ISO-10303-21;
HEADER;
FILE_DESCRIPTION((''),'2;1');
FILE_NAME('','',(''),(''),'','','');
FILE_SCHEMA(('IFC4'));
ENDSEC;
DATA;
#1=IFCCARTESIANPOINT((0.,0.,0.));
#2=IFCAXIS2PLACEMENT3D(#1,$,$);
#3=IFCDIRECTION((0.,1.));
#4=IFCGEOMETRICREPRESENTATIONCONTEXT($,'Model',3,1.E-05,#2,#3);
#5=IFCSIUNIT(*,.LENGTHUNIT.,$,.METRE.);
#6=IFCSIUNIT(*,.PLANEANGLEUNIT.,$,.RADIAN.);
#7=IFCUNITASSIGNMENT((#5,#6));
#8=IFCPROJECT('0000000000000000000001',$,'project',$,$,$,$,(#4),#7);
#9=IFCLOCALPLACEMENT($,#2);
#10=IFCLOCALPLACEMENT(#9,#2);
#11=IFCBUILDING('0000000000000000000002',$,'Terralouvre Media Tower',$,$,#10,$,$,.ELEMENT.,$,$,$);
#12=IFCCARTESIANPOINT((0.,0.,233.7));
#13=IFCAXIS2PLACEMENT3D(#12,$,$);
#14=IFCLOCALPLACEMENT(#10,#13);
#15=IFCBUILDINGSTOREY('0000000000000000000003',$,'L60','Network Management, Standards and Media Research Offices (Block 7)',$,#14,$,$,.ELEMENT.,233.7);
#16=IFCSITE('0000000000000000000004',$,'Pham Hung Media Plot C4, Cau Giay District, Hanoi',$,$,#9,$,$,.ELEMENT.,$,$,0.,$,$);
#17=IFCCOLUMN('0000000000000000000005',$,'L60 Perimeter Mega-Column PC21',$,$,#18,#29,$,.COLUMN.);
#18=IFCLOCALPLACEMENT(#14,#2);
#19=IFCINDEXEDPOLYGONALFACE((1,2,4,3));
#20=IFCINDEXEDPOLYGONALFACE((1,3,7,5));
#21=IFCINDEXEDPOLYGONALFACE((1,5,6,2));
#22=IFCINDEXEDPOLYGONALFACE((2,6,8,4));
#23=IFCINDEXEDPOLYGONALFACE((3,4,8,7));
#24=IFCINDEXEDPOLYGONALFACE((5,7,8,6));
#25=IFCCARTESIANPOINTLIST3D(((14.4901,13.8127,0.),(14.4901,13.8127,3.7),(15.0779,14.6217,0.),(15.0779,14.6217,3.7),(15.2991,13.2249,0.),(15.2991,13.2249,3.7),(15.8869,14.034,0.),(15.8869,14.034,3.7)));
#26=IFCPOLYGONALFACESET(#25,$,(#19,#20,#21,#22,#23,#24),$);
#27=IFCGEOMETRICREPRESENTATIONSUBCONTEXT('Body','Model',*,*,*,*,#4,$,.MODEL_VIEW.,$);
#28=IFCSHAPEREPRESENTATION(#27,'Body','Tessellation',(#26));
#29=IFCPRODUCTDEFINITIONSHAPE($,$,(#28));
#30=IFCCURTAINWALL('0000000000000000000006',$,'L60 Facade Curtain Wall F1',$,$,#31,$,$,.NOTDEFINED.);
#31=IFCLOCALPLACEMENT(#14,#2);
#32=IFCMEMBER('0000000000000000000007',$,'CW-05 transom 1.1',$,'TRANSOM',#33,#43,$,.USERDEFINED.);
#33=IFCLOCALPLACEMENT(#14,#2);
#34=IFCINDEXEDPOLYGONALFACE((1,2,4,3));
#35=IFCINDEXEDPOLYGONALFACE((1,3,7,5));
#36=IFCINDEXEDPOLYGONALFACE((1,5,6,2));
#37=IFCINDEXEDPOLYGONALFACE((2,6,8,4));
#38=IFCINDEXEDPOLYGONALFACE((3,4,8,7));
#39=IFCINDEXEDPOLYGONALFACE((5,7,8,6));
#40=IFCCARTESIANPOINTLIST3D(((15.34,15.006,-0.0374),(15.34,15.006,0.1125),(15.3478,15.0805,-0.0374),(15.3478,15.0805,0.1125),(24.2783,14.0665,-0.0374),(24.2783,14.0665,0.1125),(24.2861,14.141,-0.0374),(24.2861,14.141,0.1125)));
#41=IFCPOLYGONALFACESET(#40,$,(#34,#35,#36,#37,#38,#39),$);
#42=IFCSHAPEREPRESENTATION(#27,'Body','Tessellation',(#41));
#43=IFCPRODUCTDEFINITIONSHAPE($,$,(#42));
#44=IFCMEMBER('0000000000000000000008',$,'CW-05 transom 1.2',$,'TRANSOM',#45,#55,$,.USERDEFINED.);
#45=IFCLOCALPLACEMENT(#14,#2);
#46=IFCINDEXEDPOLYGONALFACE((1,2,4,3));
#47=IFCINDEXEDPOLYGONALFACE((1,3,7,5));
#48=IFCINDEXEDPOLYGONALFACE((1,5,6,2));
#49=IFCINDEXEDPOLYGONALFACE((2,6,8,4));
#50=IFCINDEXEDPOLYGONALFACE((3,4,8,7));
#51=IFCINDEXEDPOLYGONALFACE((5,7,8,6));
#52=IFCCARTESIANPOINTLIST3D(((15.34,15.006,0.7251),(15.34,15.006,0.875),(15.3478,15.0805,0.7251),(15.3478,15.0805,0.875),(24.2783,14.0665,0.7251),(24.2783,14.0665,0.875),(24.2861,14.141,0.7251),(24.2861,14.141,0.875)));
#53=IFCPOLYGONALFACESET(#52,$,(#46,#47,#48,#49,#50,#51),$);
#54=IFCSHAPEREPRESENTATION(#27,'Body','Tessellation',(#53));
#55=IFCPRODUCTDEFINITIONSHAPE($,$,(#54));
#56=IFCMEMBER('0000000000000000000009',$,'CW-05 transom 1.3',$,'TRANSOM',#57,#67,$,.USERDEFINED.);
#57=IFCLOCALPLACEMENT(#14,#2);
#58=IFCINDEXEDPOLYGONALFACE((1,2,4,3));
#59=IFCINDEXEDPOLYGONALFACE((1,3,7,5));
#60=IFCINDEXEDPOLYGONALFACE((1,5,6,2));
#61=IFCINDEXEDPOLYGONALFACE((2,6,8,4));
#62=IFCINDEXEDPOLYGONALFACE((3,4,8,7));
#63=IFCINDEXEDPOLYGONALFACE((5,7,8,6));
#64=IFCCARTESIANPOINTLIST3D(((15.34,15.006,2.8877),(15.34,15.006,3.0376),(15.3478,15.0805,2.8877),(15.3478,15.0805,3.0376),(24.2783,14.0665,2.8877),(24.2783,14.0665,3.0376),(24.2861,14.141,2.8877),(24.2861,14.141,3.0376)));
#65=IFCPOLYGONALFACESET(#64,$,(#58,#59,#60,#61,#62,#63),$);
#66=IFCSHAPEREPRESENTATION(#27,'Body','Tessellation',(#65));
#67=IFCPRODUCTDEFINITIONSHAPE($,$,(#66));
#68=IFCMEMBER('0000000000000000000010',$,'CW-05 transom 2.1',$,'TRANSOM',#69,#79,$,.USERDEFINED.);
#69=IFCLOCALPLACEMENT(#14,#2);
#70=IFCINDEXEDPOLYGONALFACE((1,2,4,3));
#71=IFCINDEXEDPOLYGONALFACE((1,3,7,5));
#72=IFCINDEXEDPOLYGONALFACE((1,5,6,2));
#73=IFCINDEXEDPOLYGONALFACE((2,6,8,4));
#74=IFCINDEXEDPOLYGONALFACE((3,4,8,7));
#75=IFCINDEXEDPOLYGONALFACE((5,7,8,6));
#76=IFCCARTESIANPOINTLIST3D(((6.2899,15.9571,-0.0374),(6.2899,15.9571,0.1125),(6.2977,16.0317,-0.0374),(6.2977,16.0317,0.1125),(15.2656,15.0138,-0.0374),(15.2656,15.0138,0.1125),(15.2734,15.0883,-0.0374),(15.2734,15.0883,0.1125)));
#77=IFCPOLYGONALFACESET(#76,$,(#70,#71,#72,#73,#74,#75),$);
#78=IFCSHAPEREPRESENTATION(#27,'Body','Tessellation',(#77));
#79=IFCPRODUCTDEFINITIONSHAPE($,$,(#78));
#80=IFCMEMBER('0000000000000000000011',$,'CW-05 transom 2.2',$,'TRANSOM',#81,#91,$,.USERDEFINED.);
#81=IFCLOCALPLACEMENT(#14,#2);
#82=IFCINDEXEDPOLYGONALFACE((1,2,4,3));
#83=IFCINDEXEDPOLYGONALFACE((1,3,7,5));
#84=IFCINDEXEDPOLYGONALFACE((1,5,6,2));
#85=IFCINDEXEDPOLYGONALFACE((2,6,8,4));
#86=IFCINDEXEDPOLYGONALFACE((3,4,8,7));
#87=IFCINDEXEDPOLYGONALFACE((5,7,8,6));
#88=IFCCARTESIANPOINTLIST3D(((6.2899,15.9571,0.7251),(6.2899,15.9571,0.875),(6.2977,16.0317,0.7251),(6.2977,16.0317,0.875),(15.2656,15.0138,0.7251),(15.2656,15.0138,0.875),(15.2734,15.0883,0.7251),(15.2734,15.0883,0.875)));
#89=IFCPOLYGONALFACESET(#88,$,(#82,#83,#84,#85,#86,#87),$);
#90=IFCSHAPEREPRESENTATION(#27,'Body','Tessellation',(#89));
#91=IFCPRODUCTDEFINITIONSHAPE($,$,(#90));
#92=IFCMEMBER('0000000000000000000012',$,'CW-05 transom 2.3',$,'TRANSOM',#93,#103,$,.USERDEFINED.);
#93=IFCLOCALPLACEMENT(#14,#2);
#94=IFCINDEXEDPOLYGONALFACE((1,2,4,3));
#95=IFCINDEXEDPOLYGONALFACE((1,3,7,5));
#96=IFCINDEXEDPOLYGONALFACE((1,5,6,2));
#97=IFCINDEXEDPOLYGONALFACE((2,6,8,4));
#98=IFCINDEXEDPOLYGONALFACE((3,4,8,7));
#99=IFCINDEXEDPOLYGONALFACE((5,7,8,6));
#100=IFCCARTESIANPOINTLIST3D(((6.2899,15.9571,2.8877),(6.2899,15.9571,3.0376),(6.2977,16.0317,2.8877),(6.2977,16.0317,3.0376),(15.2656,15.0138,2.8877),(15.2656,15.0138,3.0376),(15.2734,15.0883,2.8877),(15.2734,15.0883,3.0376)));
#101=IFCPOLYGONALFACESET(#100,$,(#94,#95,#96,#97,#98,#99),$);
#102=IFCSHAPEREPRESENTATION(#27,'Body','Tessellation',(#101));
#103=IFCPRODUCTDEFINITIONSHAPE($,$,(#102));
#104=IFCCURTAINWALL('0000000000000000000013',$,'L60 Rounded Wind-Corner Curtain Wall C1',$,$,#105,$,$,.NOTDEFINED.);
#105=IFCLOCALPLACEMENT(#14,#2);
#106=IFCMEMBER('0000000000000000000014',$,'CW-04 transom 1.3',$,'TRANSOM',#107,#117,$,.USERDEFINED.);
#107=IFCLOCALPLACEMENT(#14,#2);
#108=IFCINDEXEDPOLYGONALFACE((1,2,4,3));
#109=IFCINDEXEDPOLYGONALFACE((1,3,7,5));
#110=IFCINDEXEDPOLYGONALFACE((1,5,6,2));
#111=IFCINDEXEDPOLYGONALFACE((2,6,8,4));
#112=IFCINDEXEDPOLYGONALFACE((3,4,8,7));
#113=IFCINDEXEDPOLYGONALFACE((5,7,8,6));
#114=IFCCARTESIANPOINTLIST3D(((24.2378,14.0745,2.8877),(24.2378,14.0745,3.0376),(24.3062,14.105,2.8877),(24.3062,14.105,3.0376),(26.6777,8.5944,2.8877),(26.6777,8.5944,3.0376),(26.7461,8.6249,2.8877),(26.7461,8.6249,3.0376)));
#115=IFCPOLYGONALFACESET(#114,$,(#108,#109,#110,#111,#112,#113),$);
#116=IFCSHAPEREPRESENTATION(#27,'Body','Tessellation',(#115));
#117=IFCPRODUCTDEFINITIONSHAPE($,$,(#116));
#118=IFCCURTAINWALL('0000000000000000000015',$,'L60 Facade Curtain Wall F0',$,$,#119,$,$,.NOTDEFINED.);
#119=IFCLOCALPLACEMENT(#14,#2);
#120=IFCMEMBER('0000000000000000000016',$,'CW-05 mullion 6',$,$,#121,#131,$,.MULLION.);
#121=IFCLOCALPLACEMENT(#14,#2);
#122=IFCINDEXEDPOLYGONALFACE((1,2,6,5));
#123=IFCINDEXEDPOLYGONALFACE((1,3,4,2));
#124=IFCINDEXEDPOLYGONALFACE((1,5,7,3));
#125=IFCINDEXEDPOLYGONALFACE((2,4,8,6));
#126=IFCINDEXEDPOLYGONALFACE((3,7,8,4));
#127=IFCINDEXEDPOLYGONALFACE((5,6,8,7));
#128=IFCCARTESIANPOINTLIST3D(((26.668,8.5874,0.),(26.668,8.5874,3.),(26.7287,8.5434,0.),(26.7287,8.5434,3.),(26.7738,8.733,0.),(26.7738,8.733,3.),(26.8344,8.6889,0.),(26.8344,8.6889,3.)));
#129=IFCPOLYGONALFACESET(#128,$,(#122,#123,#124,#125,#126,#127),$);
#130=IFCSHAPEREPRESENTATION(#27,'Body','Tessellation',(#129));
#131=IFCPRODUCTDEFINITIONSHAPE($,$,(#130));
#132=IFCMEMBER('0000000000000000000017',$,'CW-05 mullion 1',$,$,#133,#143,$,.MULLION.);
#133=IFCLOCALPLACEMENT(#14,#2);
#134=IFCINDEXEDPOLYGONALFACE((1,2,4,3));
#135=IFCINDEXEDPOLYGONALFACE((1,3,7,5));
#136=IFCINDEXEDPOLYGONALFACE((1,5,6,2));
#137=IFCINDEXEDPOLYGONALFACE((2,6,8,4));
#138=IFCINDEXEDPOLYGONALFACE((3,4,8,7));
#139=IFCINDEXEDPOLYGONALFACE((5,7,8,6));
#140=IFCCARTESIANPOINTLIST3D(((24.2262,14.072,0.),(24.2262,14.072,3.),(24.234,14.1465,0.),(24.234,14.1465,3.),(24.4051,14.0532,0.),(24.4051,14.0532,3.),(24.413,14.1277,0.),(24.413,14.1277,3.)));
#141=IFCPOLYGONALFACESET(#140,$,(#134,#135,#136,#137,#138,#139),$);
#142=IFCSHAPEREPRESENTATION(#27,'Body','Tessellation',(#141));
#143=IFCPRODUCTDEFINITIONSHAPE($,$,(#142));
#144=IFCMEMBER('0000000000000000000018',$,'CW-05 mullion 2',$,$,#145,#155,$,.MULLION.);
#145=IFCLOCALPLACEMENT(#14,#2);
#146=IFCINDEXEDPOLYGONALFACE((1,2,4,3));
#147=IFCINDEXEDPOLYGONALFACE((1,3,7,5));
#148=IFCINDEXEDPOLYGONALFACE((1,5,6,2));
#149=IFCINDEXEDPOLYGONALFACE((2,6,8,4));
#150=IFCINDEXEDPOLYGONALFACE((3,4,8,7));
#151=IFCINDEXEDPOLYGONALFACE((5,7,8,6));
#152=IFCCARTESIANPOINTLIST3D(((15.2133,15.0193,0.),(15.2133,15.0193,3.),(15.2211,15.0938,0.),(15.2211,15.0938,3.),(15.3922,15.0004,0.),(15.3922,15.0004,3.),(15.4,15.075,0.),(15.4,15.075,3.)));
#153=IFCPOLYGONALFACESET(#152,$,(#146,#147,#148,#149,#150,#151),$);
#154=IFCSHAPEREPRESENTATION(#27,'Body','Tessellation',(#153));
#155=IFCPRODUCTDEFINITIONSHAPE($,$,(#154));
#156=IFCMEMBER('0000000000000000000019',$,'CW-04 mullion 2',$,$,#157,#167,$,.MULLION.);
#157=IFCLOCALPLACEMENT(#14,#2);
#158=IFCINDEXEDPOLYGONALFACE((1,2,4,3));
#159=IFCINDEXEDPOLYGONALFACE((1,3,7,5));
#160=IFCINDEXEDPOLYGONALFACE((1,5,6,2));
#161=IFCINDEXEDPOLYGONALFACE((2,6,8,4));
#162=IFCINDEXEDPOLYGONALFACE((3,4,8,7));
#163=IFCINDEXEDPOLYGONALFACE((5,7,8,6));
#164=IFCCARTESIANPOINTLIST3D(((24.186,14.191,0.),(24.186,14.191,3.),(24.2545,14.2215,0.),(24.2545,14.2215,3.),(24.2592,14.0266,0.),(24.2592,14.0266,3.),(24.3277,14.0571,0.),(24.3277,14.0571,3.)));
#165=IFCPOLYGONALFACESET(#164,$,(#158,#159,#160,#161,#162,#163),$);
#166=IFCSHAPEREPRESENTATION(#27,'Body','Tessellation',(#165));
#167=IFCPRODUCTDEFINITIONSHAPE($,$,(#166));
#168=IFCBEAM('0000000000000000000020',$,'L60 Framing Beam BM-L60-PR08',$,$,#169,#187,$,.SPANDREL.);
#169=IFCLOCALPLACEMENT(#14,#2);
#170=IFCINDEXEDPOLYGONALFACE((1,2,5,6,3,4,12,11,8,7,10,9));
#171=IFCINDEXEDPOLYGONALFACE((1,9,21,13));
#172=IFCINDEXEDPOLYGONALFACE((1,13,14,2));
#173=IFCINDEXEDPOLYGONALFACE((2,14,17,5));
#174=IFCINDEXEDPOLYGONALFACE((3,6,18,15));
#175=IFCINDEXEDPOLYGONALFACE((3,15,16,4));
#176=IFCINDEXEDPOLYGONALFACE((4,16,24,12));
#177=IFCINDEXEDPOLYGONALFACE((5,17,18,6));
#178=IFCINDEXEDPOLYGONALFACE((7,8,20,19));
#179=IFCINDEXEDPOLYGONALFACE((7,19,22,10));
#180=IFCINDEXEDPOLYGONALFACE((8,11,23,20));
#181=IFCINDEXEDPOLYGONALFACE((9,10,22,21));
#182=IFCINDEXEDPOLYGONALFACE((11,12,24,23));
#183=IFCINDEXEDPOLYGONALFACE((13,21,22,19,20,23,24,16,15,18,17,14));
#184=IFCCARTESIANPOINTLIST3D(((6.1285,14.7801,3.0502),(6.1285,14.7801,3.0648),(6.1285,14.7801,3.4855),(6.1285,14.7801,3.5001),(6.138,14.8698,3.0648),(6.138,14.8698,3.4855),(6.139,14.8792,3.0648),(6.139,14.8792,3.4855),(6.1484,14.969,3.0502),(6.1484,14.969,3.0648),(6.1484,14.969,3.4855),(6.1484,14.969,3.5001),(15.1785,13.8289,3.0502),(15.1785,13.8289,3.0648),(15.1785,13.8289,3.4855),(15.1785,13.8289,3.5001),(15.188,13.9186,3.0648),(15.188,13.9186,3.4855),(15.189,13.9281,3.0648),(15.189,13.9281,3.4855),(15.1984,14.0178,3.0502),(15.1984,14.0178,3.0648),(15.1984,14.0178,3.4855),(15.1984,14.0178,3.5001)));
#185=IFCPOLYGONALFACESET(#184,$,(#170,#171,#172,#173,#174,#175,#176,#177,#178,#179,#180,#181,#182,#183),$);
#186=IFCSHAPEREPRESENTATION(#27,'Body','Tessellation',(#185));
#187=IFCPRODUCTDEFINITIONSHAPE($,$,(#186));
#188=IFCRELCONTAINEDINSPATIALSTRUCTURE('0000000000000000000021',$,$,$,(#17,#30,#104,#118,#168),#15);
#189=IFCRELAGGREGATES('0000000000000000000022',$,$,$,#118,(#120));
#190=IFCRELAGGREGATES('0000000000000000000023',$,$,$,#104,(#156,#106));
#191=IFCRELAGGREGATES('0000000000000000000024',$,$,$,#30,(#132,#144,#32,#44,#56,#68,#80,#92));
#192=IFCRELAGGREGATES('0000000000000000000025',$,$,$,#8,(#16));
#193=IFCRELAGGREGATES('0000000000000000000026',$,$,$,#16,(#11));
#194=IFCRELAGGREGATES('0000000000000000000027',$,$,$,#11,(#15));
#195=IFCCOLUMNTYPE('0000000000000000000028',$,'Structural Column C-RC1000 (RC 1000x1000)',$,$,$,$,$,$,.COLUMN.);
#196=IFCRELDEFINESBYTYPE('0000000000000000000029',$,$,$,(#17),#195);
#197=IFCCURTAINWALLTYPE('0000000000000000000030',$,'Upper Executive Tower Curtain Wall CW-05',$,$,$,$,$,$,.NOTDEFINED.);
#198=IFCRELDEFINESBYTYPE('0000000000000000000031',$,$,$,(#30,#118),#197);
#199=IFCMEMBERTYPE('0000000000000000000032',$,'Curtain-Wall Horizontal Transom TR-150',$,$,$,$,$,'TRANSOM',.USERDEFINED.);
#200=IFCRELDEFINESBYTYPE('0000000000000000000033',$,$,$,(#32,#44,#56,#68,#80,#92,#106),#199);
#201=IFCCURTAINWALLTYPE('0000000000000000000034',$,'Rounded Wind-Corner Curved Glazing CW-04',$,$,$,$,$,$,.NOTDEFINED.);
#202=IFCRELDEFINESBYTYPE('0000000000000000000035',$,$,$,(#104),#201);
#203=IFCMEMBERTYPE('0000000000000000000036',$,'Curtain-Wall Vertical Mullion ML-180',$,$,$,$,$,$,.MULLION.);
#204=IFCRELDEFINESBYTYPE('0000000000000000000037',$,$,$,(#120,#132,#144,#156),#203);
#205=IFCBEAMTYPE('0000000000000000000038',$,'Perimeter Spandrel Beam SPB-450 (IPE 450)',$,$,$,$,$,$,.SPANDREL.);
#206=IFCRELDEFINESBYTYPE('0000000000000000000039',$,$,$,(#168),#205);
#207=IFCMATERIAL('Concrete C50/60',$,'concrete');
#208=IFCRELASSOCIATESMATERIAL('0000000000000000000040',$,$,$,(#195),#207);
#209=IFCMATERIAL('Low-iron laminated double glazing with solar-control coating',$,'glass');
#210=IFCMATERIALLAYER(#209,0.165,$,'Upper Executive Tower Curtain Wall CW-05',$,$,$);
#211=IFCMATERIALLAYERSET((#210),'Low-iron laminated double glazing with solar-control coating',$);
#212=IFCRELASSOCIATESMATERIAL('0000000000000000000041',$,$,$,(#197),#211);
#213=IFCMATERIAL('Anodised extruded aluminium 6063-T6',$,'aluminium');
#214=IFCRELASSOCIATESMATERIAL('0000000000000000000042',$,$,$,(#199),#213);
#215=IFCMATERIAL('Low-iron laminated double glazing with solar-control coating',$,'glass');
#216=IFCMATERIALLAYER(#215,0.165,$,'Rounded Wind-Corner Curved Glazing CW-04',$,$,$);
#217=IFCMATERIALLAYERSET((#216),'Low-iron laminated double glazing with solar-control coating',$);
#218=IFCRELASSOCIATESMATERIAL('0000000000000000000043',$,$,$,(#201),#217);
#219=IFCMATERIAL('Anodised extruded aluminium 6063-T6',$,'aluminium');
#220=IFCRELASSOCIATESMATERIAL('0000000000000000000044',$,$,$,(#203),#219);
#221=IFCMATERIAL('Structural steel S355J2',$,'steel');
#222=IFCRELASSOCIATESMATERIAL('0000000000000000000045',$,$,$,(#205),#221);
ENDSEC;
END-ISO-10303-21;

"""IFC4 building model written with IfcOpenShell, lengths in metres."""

from ifc_helpers import new_model, si_unit, direction, frame, origin, origin_2d, place, context, subcontext, project, spatial, rectangle, i_section, extrude, material, layer, layer_set, material_profile, profile_set, type_object, element, aggregate, save


model = new_model("IFC4")

# Units and contexts
model_context = context("Model", 3, precision=1e-05, world=origin(), true_north=direction((0.0, 1.0)))
body_context = subcontext(model_context, "Body", "Model", "MODEL_VIEW")
ifc_project = project(units=[si_unit("LENGTHUNIT", "METRE"), si_unit("PLANEANGLEUNIT", "RADIAN")], contexts=[model_context])

# Site, building, storey
site_placement = place(None, origin())
site = spatial("IfcSite", under=ifc_project, at=site_placement, Name="Pham Hung Media Plot C4, Cau Giay District, Hanoi", CompositionType="ELEMENT", RefElevation=0.0)
building_placement = place(site_placement, origin())
building = spatial("IfcBuilding", under=site, at=building_placement, Name="Terralouvre Media Tower", CompositionType="ELEMENT")
storey_placement = place(building_placement, frame((0.0, 0.0, 233.7)))
storey = spatial("IfcBuildingStorey", under=building, at=storey_placement, Name="L60", Description="Network Management, Standards and Media Research Offices (Block 7)", CompositionType="ELEMENT", Elevation=233.7)

# Column
ifc_material_1 = material(Name="Concrete C50/60", Category="concrete")
ifc_material_profile_1 = material_profile(ifc_material_1, rectangle(XDim=1.0, YDim=1.0, at=origin_2d()), Name="RC 1000x1000")
ifc_profile_set_1 = profile_set([ifc_material_profile_1], Name="Concrete C50/60")
column_type = type_object("IfcColumnType", Name="Structural Column C-RC1000 (RC 1000x1000)", PredefinedType="COLUMN", material=ifc_profile_set_1)
column_placement = place(storey_placement, frame((15.1885, 13.9233, 0.0), z_axis=(0.0, 0.0, 1.0), x_axis=(0.587785, 0.809017, 0.0)))
element("IfcColumn", 1, at=column_placement, inside=storey, type_object=column_type, Name="L60 Perimeter Mega-Column PC21", PredefinedType="COLUMN", context=body_context, shape_type="SweptSolid", body=[
    extrude(rectangle(XDim=1.0, YDim=1.0, at=origin_2d()), origin(), (0.0, 0.0, 1.0), 3.7),
])

# Curtain wall, members
ifc_material_2 = material(Name="Low-iron laminated double glazing with solar-control coating", Category="glass")
ifc_layer_1 = layer(ifc_material_2, 0.165, Name="Upper Executive Tower Curtain Wall CW-05")
ifc_layer_set_1 = layer_set([ifc_layer_1], Name="Low-iron laminated double glazing with solar-control coating")
curtain_wall_type_1 = type_object("IfcCurtainWallType", Name="Upper Executive Tower Curtain Wall CW-05", PredefinedType="NOTDEFINED", material=ifc_layer_set_1)
curtain_wall_1_placement = place(storey_placement, origin())
curtain_wall_1 = element("IfcCurtainWall", 2, at=curtain_wall_1_placement, inside=storey, type_object=curtain_wall_type_1, Name="L60 Facade Curtain Wall F1", PredefinedType="NOTDEFINED")
ifc_material_3 = material(Name="Anodised extruded aluminium 6063-T6", Category="aluminium")
ifc_material_profile_2 = material_profile(ifc_material_3, rectangle(XDim=0.075, YDim=0.1499, at=origin_2d()), Name="ALU 75x150")
ifc_profile_set_2 = profile_set([ifc_material_profile_2], Name="Anodised extruded aluminium 6063-T6")
member_type_1 = type_object("IfcMemberType", Name="Curtain-Wall Horizontal Transom TR-150", ElementType="TRANSOM", PredefinedType="USERDEFINED", material=ifc_profile_set_2)
member_1_placement = place(storey_placement, frame((24.2822, 14.1038, 0.0376), z_axis=(-0.994522, 0.104529, 0.0), x_axis=(-0.104529, -0.994522, 0.0)))
member_1 = element("IfcMember", 3, at=member_1_placement, type_object=member_type_1, Name="CW-05 transom 1.1", ObjectType="TRANSOM", PredefinedType="USERDEFINED", context=body_context, shape_type="SweptSolid", body=[
    extrude(rectangle(XDim=0.075, YDim=0.1499, at=origin_2d()), origin(), (0.0, 0.0, 1.0), 8.9875),
])
member_2_placement = place(storey_placement, frame((24.2822, 14.1038, 0.8), z_axis=(-0.994522, 0.104529, 0.0), x_axis=(-0.104529, -0.994522, 0.0)))
member_2 = element("IfcMember", 4, at=member_2_placement, type_object=member_type_1, Name="CW-05 transom 1.2", ObjectType="TRANSOM", PredefinedType="USERDEFINED", context=body_context, shape_type="SweptSolid", body=[
    extrude(rectangle(XDim=0.075, YDim=0.1499, at=origin_2d()), origin(), (0.0, 0.0, 1.0), 8.9875),
])
member_3_placement = place(storey_placement, frame((24.2822, 14.1038, 2.9626), z_axis=(-0.994522, 0.104529, 0.0), x_axis=(-0.104529, -0.994522, 0.0)))
member_3 = element("IfcMember", 5, at=member_3_placement, type_object=member_type_1, Name="CW-05 transom 1.3", ObjectType="TRANSOM", PredefinedType="USERDEFINED", context=body_context, shape_type="SweptSolid", body=[
    extrude(rectangle(XDim=0.075, YDim=0.1499, at=origin_2d()), origin(), (0.0, 0.0, 1.0), 8.9875),
])
member_4_placement = place(storey_placement, frame((15.2695, 15.051, 0.0376), z_axis=(-0.994522, 0.104527, 0.0), x_axis=(-0.104527, -0.994522, 0.0)))
member_4 = element("IfcMember", 6, at=member_4_placement, type_object=member_type_1, Name="CW-05 transom 2.1", ObjectType="TRANSOM", PredefinedType="USERDEFINED", context=body_context, shape_type="SweptSolid", body=[
    extrude(rectangle(XDim=0.075, YDim=0.1499, at=origin_2d()), origin(), (0.0, 0.0, 1.0), 9.0251),
])
member_5_placement = place(storey_placement, frame((15.2695, 15.051, 0.8), z_axis=(-0.994522, 0.104527, 0.0), x_axis=(-0.104527, -0.994522, 0.0)))
member_5 = element("IfcMember", 7, at=member_5_placement, type_object=member_type_1, Name="CW-05 transom 2.2", ObjectType="TRANSOM", PredefinedType="USERDEFINED", context=body_context, shape_type="SweptSolid", body=[
    extrude(rectangle(XDim=0.075, YDim=0.1499, at=origin_2d()), origin(), (0.0, 0.0, 1.0), 9.0251),
])
member_6_placement = place(storey_placement, frame((15.2695, 15.051, 2.9626), z_axis=(-0.994522, 0.104527, 0.0), x_axis=(-0.104527, -0.994522, 0.0)))
member_6 = element("IfcMember", 8, at=member_6_placement, type_object=member_type_1, Name="CW-05 transom 2.3", ObjectType="TRANSOM", PredefinedType="USERDEFINED", context=body_context, shape_type="SweptSolid", body=[
    extrude(rectangle(XDim=0.075, YDim=0.1499, at=origin_2d()), origin(), (0.0, 0.0, 1.0), 9.0251),
])

# Curtain walls, members
ifc_material_4 = material(Name="Low-iron laminated double glazing with solar-control coating", Category="glass")
ifc_layer_2 = layer(ifc_material_4, 0.165, Name="Rounded Wind-Corner Curved Glazing CW-04")
ifc_layer_set_2 = layer_set([ifc_layer_2], Name="Low-iron laminated double glazing with solar-control coating")
curtain_wall_type_2 = type_object("IfcCurtainWallType", Name="Rounded Wind-Corner Curved Glazing CW-04", PredefinedType="NOTDEFINED", material=ifc_layer_set_2)
curtain_wall_2_placement = place(storey_placement, origin())
curtain_wall_2 = element("IfcCurtainWall", 9, at=curtain_wall_2_placement, inside=storey, type_object=curtain_wall_type_2, Name="L60 Rounded Wind-Corner Curtain Wall C1", PredefinedType="NOTDEFINED")
member_7_placement = place(storey_placement, frame((26.7119, 8.6096, 2.9626), z_axis=(-0.406735, 0.913546, 0.0), x_axis=(-0.913546, -0.406735, 0.0)))
member_7 = element("IfcMember", 10, at=member_7_placement, type_object=member_type_1, Name="CW-04 transom 1.3", ObjectType="TRANSOM", PredefinedType="USERDEFINED", context=body_context, shape_type="SweptSolid", body=[
    extrude(rectangle(XDim=0.075, YDim=0.1499, at=origin_2d()), origin(), (0.0, 0.0, 1.0), 5.9988),
])
curtain_wall_3_placement = place(storey_placement, origin())
curtain_wall_3 = element("IfcCurtainWall", 11, at=curtain_wall_3_placement, inside=storey, type_object=curtain_wall_type_1, Name="L60 Facade Curtain Wall F0", PredefinedType="NOTDEFINED")
ifc_material_5 = material(Name="Anodised extruded aluminium 6063-T6", Category="aluminium")
ifc_material_profile_3 = material_profile(ifc_material_5, rectangle(XDim=0.075, YDim=0.1799, at=origin_2d()), Name="ALU 75x180")
ifc_profile_set_3 = profile_set([ifc_material_profile_3], Name="Anodised extruded aluminium 6063-T6")
member_type_2 = type_object("IfcMemberType", Name="Curtain-Wall Vertical Mullion ML-180", PredefinedType="MULLION", material=ifc_profile_set_3)
member_8_placement = place(storey_placement, frame((26.7512, 8.6382, 0.0), z_axis=(0.0, 0.0, 1.0), x_axis=(-0.809017, 0.587785, 0.0)))
member_8 = element("IfcMember", 12, at=member_8_placement, type_object=member_type_2, Name="CW-05 mullion 6", PredefinedType="MULLION", context=body_context, shape_type="SweptSolid", body=[
    extrude(rectangle(XDim=0.075, YDim=0.1799, at=origin_2d()), origin(), (0.0, 0.0, 1.0), 3.0),
])
aggregate(curtain_wall_3, [member_8])

# Members
member_9_placement = place(storey_placement, frame((24.3196, 14.0999, 0.0), z_axis=(0.0, 0.0, 1.0), x_axis=(-0.104529, -0.994522, 0.0)))
member_9 = element("IfcMember", 13, at=member_9_placement, type_object=member_type_2, Name="CW-05 mullion 1", PredefinedType="MULLION", context=body_context, shape_type="SweptSolid", body=[
    extrude(rectangle(XDim=0.075, YDim=0.1799, at=origin_2d()), origin(), (0.0, 0.0, 1.0), 3.0),
])
member_10_placement = place(storey_placement, frame((15.3066, 15.0471, 0.0), z_axis=(0.0, 0.0, 1.0), x_axis=(-0.104529, -0.994522, 0.0)))
member_10 = element("IfcMember", 14, at=member_10_placement, type_object=member_type_2, Name="CW-05 mullion 2", PredefinedType="MULLION", context=body_context, shape_type="SweptSolid", body=[
    extrude(rectangle(XDim=0.075, YDim=0.1799, at=origin_2d()), origin(), (0.0, 0.0, 1.0), 3.0),
])
member_11_placement = place(storey_placement, frame((24.2568, 14.124, 0.0), z_axis=(0.0, 0.0, 1.0), x_axis=(-0.913545, -0.406737, 0.0)))
member_11 = element("IfcMember", 15, at=member_11_placement, type_object=member_type_2, Name="CW-04 mullion 2", PredefinedType="MULLION", context=body_context, shape_type="SweptSolid", body=[
    extrude(rectangle(XDim=0.075, YDim=0.1799, at=origin_2d()), origin(), (0.0, 0.0, 1.0), 3.0),
])

# Beam
ifc_material_6 = material(Name="Structural steel S355J2", Category="steel")
ifc_material_profile_4 = material_profile(ifc_material_6, i_section(OverallWidth=0.1899, OverallDepth=0.45, WebThickness=0.0095, FlangeThickness=0.0146, at=origin_2d()), Name="IPE 450")
ifc_profile_set_4 = profile_set([ifc_material_profile_4], Name="Structural steel S355J2")
beam_type = type_object("IfcBeamType", Name="Perimeter Spandrel Beam SPB-450 (IPE 450)", PredefinedType="SPANDREL", material=ifc_profile_set_4)
beam_placement = place(storey_placement, frame((15.1885, 13.9233, 3.2751), z_axis=(-0.994522, 0.104526, 0.0), x_axis=(-0.104526, -0.994522, 0.0)))
element("IfcBeam", 16, at=beam_placement, inside=storey, type_object=beam_type, Name="L60 Framing Beam BM-L60-PR08", PredefinedType="SPANDREL", context=body_context, shape_type="SweptSolid", body=[
    extrude(i_section(OverallWidth=0.1899, OverallDepth=0.45, WebThickness=0.0095, FlangeThickness=0.0146, at=origin_2d()), origin(), (0.0, 0.0, 1.0), 9.0999),
])

aggregate(curtain_wall_2, [member_11, member_7])
aggregate(curtain_wall_1, [member_9, member_10, member_1, member_2, member_3, member_4, member_5, member_6])

save(model, "model.ifc")
